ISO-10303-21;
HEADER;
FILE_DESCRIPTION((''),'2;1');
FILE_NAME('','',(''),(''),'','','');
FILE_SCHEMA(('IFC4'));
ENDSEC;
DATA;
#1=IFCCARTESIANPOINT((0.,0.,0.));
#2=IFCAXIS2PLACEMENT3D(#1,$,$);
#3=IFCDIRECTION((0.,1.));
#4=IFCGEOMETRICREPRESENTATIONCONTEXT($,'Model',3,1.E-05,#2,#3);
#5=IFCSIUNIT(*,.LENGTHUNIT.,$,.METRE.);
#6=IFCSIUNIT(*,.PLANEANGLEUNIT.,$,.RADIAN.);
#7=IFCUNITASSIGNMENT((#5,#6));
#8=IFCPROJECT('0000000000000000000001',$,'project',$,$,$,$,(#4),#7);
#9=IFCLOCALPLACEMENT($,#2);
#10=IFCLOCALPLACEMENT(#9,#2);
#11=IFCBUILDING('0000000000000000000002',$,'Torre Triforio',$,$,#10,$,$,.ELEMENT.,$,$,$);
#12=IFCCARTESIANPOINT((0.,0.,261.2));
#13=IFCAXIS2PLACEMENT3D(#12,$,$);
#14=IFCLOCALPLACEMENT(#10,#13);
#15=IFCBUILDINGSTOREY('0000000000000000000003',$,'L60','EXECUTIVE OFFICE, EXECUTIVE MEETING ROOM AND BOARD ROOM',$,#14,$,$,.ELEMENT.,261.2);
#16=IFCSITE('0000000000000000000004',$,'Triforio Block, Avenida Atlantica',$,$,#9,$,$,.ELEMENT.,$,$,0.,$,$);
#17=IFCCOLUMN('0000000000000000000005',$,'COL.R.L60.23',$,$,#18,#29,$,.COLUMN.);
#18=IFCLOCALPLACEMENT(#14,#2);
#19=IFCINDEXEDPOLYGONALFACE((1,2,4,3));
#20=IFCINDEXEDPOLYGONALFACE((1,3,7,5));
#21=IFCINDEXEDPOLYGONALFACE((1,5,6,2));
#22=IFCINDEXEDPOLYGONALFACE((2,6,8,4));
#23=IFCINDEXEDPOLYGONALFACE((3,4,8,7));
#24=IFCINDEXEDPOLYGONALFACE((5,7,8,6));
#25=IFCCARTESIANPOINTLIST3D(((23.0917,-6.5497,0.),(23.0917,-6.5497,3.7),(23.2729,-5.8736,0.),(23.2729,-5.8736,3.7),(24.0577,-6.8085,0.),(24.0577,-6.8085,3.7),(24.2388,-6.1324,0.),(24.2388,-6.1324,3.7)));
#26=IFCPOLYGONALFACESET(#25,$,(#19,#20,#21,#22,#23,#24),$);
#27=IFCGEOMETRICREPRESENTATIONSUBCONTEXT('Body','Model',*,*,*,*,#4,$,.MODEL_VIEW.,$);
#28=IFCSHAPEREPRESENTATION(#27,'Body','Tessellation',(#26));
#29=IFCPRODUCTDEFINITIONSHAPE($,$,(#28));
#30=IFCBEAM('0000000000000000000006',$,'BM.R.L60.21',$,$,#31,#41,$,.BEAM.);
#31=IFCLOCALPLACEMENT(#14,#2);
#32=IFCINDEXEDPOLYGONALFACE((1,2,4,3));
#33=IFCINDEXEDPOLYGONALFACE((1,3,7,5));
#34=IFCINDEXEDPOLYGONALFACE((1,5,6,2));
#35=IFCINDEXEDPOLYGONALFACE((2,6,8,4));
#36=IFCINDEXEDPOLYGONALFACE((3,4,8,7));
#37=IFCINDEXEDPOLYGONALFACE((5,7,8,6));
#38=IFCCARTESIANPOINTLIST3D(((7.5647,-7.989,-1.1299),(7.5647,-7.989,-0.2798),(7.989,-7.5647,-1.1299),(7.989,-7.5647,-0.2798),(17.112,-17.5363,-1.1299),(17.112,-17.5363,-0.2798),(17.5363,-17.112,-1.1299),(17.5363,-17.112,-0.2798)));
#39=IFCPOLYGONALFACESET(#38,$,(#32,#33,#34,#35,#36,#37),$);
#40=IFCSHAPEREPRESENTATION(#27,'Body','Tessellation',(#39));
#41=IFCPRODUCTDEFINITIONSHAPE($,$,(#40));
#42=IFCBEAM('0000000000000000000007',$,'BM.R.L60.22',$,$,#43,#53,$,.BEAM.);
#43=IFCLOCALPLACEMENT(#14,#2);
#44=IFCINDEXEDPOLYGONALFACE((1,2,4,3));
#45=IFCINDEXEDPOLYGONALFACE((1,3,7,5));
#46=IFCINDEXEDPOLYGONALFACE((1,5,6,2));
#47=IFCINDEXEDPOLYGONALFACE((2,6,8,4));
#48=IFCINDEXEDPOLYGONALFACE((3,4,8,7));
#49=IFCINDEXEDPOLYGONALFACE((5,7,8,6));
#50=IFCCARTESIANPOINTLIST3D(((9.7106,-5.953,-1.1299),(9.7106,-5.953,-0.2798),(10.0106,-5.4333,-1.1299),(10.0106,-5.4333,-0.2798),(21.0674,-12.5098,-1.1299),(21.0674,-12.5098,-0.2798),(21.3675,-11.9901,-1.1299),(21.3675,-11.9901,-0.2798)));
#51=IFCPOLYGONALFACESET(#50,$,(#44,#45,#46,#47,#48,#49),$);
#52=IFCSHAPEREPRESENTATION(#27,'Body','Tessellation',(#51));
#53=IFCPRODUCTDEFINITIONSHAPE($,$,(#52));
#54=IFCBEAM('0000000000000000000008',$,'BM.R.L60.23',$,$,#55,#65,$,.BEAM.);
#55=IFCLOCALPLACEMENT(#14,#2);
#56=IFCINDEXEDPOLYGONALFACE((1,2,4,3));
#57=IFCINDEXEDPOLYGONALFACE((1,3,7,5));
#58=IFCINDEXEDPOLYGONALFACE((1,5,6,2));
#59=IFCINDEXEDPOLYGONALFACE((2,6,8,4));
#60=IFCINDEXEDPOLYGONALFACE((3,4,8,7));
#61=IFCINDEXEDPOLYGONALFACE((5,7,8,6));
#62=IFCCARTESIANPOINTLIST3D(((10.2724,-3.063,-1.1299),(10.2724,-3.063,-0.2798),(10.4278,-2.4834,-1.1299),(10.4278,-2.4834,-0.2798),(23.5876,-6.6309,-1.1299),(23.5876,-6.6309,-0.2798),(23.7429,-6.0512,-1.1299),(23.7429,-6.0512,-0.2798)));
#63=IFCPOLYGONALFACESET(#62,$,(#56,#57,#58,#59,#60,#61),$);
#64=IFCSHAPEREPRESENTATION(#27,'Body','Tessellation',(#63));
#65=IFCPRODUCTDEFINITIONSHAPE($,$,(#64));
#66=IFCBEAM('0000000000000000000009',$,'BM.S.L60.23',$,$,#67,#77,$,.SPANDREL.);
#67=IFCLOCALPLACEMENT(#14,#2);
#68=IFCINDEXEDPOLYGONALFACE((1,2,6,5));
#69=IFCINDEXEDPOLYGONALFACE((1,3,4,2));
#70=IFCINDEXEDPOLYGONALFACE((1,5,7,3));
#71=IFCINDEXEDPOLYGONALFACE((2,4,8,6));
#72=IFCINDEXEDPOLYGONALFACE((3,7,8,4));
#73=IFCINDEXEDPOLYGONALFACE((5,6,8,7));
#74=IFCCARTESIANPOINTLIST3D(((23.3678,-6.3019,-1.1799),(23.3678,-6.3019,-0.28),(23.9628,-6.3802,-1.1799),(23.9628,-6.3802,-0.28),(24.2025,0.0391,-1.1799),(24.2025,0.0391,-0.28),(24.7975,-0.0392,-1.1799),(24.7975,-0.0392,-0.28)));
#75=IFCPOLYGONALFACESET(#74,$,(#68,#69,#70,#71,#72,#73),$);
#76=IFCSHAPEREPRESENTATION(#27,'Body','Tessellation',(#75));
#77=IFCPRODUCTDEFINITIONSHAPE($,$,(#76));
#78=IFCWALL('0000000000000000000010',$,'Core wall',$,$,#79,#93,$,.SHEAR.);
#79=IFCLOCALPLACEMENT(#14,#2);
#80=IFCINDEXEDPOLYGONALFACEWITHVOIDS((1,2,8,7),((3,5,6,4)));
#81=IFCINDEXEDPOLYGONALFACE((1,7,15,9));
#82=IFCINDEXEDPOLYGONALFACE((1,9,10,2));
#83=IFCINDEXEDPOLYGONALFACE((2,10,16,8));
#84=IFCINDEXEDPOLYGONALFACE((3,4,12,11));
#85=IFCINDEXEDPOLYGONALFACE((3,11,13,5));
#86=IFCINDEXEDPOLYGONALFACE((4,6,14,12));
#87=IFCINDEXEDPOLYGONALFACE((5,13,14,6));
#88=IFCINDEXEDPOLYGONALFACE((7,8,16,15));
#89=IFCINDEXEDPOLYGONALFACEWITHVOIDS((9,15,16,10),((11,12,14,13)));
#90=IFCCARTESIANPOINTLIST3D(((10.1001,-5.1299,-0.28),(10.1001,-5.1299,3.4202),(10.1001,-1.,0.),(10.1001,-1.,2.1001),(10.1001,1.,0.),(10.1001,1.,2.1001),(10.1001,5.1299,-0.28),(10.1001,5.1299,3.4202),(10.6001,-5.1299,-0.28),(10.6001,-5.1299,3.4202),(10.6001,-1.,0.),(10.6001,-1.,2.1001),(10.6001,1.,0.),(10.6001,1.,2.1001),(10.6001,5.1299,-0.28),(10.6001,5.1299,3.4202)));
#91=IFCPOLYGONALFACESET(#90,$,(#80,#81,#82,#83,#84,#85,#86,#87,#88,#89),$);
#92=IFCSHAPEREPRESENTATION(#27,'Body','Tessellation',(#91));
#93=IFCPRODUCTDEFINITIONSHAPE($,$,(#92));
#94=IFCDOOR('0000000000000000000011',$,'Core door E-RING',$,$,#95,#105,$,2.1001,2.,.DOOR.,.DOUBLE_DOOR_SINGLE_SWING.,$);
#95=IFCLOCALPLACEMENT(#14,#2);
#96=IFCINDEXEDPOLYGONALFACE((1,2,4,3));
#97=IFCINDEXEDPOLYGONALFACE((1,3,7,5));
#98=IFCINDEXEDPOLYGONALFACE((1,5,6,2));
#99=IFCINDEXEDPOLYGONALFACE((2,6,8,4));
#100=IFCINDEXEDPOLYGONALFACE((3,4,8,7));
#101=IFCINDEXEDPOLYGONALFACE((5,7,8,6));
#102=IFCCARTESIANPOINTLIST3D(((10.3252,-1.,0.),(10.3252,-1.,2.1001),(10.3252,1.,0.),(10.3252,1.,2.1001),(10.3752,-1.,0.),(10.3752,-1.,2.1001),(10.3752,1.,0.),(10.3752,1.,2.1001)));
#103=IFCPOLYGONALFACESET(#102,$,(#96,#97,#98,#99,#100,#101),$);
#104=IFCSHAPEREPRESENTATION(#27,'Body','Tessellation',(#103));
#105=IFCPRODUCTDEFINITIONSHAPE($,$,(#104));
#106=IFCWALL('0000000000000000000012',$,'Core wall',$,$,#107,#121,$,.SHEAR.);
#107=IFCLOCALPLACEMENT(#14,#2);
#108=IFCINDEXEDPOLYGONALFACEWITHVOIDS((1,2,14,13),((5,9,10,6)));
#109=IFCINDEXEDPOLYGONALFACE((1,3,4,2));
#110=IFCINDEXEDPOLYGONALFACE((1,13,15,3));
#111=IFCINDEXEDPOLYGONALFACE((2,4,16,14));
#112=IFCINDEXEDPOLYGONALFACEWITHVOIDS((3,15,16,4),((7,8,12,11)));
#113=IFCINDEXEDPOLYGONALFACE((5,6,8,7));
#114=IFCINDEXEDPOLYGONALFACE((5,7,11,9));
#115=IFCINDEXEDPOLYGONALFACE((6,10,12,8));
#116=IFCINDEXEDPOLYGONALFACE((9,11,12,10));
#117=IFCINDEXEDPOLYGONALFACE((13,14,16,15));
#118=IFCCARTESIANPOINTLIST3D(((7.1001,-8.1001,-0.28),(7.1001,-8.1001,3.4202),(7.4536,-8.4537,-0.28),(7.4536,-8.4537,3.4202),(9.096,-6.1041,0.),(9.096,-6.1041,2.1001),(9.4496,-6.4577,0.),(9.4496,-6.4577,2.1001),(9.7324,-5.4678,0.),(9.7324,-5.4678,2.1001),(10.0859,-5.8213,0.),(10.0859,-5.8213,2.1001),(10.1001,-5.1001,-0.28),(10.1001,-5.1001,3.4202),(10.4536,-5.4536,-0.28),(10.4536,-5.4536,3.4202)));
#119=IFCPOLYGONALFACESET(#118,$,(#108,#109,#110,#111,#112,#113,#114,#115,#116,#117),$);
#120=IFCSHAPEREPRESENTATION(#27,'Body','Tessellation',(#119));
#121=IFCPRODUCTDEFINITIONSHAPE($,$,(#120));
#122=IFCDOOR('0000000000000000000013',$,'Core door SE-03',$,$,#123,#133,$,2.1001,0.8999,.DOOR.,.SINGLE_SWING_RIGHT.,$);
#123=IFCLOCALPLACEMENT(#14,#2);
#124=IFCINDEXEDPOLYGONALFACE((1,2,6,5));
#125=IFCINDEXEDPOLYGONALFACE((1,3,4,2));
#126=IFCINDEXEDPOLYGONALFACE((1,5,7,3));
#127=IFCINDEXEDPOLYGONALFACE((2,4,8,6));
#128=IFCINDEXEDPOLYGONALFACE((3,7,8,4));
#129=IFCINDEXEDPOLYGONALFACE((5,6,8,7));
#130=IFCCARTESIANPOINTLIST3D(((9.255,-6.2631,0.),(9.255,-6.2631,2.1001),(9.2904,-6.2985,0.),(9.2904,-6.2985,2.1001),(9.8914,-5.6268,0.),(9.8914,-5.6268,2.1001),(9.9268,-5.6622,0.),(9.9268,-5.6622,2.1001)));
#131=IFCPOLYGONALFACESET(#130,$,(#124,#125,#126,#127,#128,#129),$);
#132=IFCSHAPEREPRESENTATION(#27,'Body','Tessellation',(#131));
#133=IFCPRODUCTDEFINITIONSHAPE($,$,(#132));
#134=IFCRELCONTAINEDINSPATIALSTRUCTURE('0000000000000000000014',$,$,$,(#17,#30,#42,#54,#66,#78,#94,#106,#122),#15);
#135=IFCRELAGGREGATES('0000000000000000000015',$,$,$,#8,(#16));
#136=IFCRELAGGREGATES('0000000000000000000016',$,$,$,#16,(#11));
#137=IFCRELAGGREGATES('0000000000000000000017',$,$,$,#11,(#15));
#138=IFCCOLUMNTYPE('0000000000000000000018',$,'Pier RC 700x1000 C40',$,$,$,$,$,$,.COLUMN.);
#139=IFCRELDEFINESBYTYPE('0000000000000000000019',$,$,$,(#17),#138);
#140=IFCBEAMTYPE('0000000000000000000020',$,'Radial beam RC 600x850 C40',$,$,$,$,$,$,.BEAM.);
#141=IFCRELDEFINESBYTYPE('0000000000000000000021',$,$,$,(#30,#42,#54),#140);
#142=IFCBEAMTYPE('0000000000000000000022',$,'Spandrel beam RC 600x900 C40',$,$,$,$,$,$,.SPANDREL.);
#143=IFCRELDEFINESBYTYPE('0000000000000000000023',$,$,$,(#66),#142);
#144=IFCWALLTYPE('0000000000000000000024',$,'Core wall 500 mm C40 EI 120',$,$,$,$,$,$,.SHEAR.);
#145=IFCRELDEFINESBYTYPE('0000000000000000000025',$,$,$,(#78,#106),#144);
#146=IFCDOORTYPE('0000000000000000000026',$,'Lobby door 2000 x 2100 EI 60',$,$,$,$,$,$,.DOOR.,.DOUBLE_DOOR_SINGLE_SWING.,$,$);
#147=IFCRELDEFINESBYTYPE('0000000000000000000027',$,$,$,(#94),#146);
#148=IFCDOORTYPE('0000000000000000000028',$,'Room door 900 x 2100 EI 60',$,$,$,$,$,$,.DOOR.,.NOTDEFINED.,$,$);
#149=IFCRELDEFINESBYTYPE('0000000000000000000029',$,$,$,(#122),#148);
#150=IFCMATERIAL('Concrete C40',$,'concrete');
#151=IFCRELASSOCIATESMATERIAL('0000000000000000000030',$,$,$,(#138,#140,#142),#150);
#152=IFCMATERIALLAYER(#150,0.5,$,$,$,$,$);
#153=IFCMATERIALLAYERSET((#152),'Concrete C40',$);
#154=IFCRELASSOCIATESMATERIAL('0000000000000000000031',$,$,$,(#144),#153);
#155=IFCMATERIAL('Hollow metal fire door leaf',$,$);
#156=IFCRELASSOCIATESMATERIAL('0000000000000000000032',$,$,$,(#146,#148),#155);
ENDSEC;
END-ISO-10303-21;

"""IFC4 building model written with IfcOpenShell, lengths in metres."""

from ifc_helpers import new_model, si_unit, direction, frame, frame_2d, origin, origin_2d, place, context, subcontext, project, spatial, rectangle, extrude, material, layer, layer_set, material_profile, profile_set, type_object, element, fill, save


model = new_model("IFC4")

# Units and contexts
model_context = context("Model", 3, precision=1e-05, world=origin(), true_north=direction((0.0, 1.0)))
body_context = subcontext(model_context, "Body", "Model", "MODEL_VIEW")
ifc_project = project(units=[si_unit("LENGTHUNIT", "METRE"), si_unit("PLANEANGLEUNIT", "RADIAN")], contexts=[model_context])

# Site, building, storey
site_placement = place(None, origin())
site = spatial("IfcSite", under=ifc_project, at=site_placement, Name="Triforio Block, Avenida Atlantica", CompositionType="ELEMENT", RefElevation=0.0)
building_placement = place(site_placement, origin())
building = spatial("IfcBuilding", under=site, at=building_placement, Name="Torre Triforio", CompositionType="ELEMENT")
storey_placement = place(building_placement, frame((0.0, 0.0, 261.2)))
storey = spatial("IfcBuildingStorey", under=building, at=storey_placement, Name="L60", Description="EXECUTIVE OFFICE, EXECUTIVE MEETING ROOM AND BOARD ROOM", CompositionType="ELEMENT", Elevation=261.2)

# Column
ifc_material_1 = material(Name="Concrete C40", Category="concrete")
ifc_material_profile_1 = material_profile(ifc_material_1, rectangle(XDim=0.7, YDim=1.0, at=origin_2d()), Name="RC 700x1000")
ifc_profile_set_1 = profile_set([ifc_material_profile_1], Name="Concrete C40")
column_type = type_object("IfcColumnType", Name="Pier RC 700x1000 C40", PredefinedType="COLUMN", material=ifc_profile_set_1)
column_placement = place(storey_placement, frame((23.6653, -6.3411, 0.0), z_axis=(0.0, 0.0, 1.0), x_axis=(0.258819, 0.965926, 0.0)))
element("IfcColumn", 1, at=column_placement, inside=storey, type_object=column_type, Name="COL.R.L60.23", PredefinedType="COLUMN", context=body_context, shape_type="SweptSolid", body=[
    extrude(rectangle(XDim=0.7, YDim=1.0, at=origin_2d()), origin(), (0.0, 0.0, 1.0), 3.7),
])

# Beams
ifc_material_profile_2 = material_profile(ifc_material_1, rectangle(XDim=0.6001, YDim=0.8501, at=origin_2d()), Name="RC 600x850")
ifc_profile_set_2 = profile_set([ifc_material_profile_2], Name="Concrete C40")
beam_type_1 = type_object("IfcBeamType", Name="Radial beam RC 600x850 C40", PredefinedType="BEAM", material=ifc_profile_set_2)
beam_1_placement = place(storey_placement, frame((7.7769, -7.7769, -0.7048), z_axis=(0.707107, -0.707107, 0.0), x_axis=(0.707107, 0.707107, 0.0)))
element("IfcBeam", 2, at=beam_1_placement, inside=storey, type_object=beam_type_1, Name="BM.R.L60.21", PredefinedType="BEAM", context=body_context, shape_type="SweptSolid", body=[
    extrude(rectangle(XDim=0.6001, YDim=0.8501, at=origin_2d()), origin(), (0.0, 0.0, 1.0), 13.502),
])
beam_2_placement = place(storey_placement, frame((9.8606, -5.6931, -0.7048), z_axis=(0.866027, -0.499997, 0.0), x_axis=(0.499997, 0.866027, 0.0)))
element("IfcBeam", 3, at=beam_2_placement, inside=storey, type_object=beam_type_1, Name="BM.R.L60.22", PredefinedType="BEAM", context=body_context, shape_type="SweptSolid", body=[
    extrude(rectangle(XDim=0.6001, YDim=0.8501, at=origin_2d()), origin(), (0.0, 0.0, 1.0), 13.1138),
])
beam_3_placement = place(storey_placement, frame((10.3501, -2.7732, -0.7048), z_axis=(0.965924, -0.258824, 0.0), x_axis=(0.258824, 0.965924, 0.0)))
element("IfcBeam", 4, at=beam_3_placement, inside=storey, type_object=beam_type_1, Name="BM.R.L60.23", PredefinedType="BEAM", context=body_context, shape_type="SweptSolid", body=[
    extrude(rectangle(XDim=0.6001, YDim=0.8501, at=origin_2d()), origin(), (0.0, 0.0, 1.0), 13.7849),
])
ifc_material_profile_3 = material_profile(ifc_material_1, rectangle(XDim=0.6001, YDim=0.8999, at=origin_2d()), Name="RC 600x900")
ifc_profile_set_3 = profile_set([ifc_material_profile_3], Name="Concrete C40")
beam_type_2 = type_object("IfcBeamType", Name="Spandrel beam RC 600x900 C40", PredefinedType="SPANDREL", material=ifc_profile_set_3)
beam_4_placement = place(storey_placement, frame((23.6653, -6.3411, -0.73), z_axis=(0.130511, 0.991447, 0.0), x_axis=(-0.991447, 0.130511, 0.0)))
element("IfcBeam", 5, at=beam_4_placement, inside=storey, type_object=beam_type_2, Name="BM.S.L60.23", PredefinedType="SPANDREL", context=body_context, shape_type="SweptSolid", body=[
    extrude(rectangle(XDim=0.6001, YDim=0.8999, at=origin_2d()), origin(), (0.0, 0.0, 1.0), 6.3958),
])

# Walls, openings, doors
ifc_layer_1 = layer(ifc_material_1, 0.5)
ifc_layer_set_1 = layer_set([ifc_layer_1], Name="Concrete C40")
wall_type_1 = type_object("IfcWallType", Name="Core wall 500 mm C40 EI 120", PredefinedType="SHEAR", material=ifc_layer_set_1)
wall_1_placement = place(storey_placement, frame((10.3501, -5.1299, -0.28), z_axis=(0.0, 0.0, 1.0), x_axis=(0.0, 1.0, 0.0)))
wall_1 = element("IfcWall", 6, at=wall_1_placement, inside=storey, type_object=wall_type_1, Name="Core wall", PredefinedType="SHEAR", context=body_context, shape_type="SweptSolid", body=[
    extrude(rectangle(XDim=10.2598, YDim=0.5, at=frame_2d((5.1299, 0.0))), origin(), (0.0, 0.0, 1.0), 3.7002),
])
opening_1_placement = place(wall_1_placement, frame((4.1299, 0.0, 0.28)))
opening_1 = element("IfcOpeningElement", 7, at=opening_1_placement, cuts=wall_1, PredefinedType="OPENING", context=body_context, shape_type="SweptSolid", body=[
    extrude(rectangle(XDim=2.0, YDim=2.1001, at=frame_2d((1.0, 1.05))), frame((0.0, 0.26, 0.0), z_axis=(0.0, -1.0, 0.0), x_axis=(1.0, 0.0, 0.0)), (0.0, 0.0, 1.0), 0.52),
])
ifc_material_2 = material(Name="Hollow metal fire door leaf")
door_type_1 = type_object("IfcDoorType", Name="Lobby door 2000 x 2100 EI 60", OperationType="DOUBLE_DOOR_SINGLE_SWING", PredefinedType="DOOR", material=ifc_material_2)
door_1_placement = place(opening_1_placement, origin())
door_1 = element("IfcDoor", 8, at=door_1_placement, inside=storey, type_object=door_type_1, Name="Core door E-RING", OperationType="DOUBLE_DOOR_SINGLE_SWING", OverallHeight=2.1001, OverallWidth=2.0, PredefinedType="DOOR", context=body_context, shape_type="SweptSolid", body=[
    extrude(rectangle(XDim=2.0, YDim=2.1001, at=frame_2d((1.0, 1.05))), frame((0.0, 0.0249, 0.0), z_axis=(0.0, -1.0, 0.0), x_axis=(1.0, 0.0, 0.0)), (0.0, 0.0, 1.0), 0.05),
])
fill(opening_1, door_1)
wall_2_placement = place(storey_placement, frame((10.2769, -5.2769, -0.28), z_axis=(0.0, 0.0, 1.0), x_axis=(-0.707107, -0.707107, 0.0)))
wall_2 = element("IfcWall", 9, at=wall_2_placement, inside=storey, type_object=wall_type_1, Name="Core wall", PredefinedType="SHEAR", context=body_context, shape_type="SweptSolid", body=[
    extrude(rectangle(XDim=4.2427, YDim=0.5, at=frame_2d((2.1213, 0.0))), origin(), (0.0, 0.0, 1.0), 3.7002),
])
opening_2_placement = place(wall_2_placement, frame((0.52, 0.0, 0.28)))
opening_2 = element("IfcOpeningElement", 10, at=opening_2_placement, cuts=wall_2, PredefinedType="OPENING", context=body_context, shape_type="SweptSolid", body=[
    extrude(rectangle(XDim=0.8999, YDim=2.1001, at=frame_2d((0.45, 1.05))), frame((0.0, 0.26, 0.0), z_axis=(0.0, -1.0, 0.0), x_axis=(1.0, 0.0, 0.0)), (0.0, 0.0, 1.0), 0.52),
])
door_type_2 = type_object("IfcDoorType", Name="Room door 900 x 2100 EI 60", OperationType="NOTDEFINED", PredefinedType="DOOR", material=ifc_material_2)
door_2_placement = place(opening_2_placement, origin())
door_2 = element("IfcDoor", 11, at=door_2_placement, inside=storey, type_object=door_type_2, Name="Core door SE-03", OperationType="SINGLE_SWING_RIGHT", OverallHeight=2.1001, OverallWidth=0.8999, PredefinedType="DOOR", context=body_context, shape_type="SweptSolid", body=[
    extrude(rectangle(XDim=0.8999, YDim=2.1001, at=frame_2d((0.45, 1.05))), frame((0.0, 0.0249, 0.0), z_axis=(0.0, -1.0, 0.0), x_axis=(1.0, 0.0, 0.0)), (0.0, 0.0, 1.0), 0.05),
])
fill(opening_2, door_2)

save(model, "model.ifc")
